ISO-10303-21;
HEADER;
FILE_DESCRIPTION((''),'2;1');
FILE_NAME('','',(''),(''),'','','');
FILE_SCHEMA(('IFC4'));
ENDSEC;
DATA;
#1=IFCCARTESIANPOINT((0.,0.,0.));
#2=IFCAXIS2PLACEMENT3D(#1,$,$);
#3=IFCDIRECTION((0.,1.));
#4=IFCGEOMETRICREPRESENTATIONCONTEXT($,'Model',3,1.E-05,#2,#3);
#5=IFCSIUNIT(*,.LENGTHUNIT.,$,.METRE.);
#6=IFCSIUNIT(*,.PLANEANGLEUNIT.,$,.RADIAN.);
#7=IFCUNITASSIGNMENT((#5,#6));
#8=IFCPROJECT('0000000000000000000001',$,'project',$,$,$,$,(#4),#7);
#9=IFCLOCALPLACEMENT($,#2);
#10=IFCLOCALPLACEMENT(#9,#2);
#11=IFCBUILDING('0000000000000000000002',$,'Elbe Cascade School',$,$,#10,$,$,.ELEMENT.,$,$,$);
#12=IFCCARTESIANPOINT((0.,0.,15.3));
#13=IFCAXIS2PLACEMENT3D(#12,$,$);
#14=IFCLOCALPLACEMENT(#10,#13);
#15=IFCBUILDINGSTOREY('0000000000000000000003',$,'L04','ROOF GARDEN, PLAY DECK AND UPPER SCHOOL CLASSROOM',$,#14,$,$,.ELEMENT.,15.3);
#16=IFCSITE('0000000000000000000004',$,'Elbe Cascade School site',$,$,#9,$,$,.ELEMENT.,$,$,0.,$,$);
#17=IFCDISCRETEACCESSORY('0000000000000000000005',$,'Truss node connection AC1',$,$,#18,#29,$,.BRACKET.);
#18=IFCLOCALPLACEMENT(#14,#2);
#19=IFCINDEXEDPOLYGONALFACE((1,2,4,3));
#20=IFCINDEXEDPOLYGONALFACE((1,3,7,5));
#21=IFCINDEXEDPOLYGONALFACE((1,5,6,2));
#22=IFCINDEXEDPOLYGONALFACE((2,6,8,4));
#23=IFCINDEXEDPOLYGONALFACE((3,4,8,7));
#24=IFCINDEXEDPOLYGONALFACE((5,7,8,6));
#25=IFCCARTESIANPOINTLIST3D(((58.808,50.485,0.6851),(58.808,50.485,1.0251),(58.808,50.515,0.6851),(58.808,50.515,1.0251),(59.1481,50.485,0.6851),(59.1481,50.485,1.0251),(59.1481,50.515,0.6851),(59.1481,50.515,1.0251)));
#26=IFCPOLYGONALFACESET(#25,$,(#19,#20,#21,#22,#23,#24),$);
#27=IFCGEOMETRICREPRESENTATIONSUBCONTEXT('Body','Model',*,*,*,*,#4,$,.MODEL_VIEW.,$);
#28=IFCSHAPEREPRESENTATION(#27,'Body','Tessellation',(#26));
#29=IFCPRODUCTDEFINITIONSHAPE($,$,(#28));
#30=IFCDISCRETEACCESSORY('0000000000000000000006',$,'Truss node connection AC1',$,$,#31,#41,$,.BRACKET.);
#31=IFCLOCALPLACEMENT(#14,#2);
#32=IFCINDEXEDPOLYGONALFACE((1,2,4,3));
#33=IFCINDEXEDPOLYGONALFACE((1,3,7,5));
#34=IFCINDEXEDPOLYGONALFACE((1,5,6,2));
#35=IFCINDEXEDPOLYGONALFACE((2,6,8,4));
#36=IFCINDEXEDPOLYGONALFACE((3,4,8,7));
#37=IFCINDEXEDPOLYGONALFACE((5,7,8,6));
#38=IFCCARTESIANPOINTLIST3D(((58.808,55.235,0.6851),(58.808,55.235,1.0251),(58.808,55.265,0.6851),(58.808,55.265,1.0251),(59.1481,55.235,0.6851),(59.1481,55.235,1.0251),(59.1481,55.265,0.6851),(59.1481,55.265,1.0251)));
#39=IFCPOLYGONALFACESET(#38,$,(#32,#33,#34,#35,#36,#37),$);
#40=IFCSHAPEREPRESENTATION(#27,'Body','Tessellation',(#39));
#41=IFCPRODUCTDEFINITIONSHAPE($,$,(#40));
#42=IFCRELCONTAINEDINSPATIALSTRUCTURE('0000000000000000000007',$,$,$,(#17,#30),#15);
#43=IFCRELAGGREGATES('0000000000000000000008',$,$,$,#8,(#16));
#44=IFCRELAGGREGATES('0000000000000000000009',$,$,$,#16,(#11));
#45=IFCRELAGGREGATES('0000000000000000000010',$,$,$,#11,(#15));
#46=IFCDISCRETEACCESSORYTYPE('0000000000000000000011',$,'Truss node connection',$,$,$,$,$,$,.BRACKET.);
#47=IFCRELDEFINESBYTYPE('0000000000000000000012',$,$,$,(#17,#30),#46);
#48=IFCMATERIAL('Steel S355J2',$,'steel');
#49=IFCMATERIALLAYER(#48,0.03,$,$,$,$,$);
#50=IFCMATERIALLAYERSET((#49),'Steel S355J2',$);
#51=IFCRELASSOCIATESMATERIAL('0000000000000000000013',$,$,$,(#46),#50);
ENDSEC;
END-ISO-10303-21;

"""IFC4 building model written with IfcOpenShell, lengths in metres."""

from ifc_helpers import new_model, si_unit, direction, frame, origin, origin_2d, place, context, subcontext, project, spatial, rectangle, extrude, material, layer, layer_set, type_object, element, save


model = new_model("IFC4")

# Units and contexts
model_context = context("Model", 3, precision=1e-05, world=origin(), true_north=direction((0.0, 1.0)))
body_context = subcontext(model_context, "Body", "Model", "MODEL_VIEW")
ifc_project = project(units=[si_unit("LENGTHUNIT", "METRE"), si_unit("PLANEANGLEUNIT", "RADIAN")], contexts=[model_context])

# Site, building, storey
site_placement = place(None, origin())
site = spatial("IfcSite", under=ifc_project, at=site_placement, Name="Elbe Cascade School site", CompositionType="ELEMENT", RefElevation=0.0)
building_placement = place(site_placement, origin())
building = spatial("IfcBuilding", under=site, at=building_placement, Name="Elbe Cascade School", CompositionType="ELEMENT")
storey_placement = place(building_placement, frame((0.0, 0.0, 15.3)))
storey = spatial("IfcBuildingStorey", under=building, at=storey_placement, Name="L04", Description="ROOF GARDEN, PLAY DECK AND UPPER SCHOOL CLASSROOM", CompositionType="ELEMENT", Elevation=15.3)

# Discrete accessories
ifc_material_1 = material(Name="Steel S355J2", Category="steel")
ifc_layer_1 = layer(ifc_material_1, 0.03)
ifc_layer_set_1 = layer_set([ifc_layer_1], Name="Steel S355J2")
discrete_accessory_type_1 = type_object("IfcDiscreteAccessoryType", Name="Truss node connection", PredefinedType="BRACKET", material=ifc_layer_set_1)
for number, where, z_axis, x_axis, name in (
    (1, (58.978, 50.5, 0.6851), (0.0, 0.0, 1.0), (1.0, 0.0, 0.0), "Truss node connection AC1"),
    (2, (58.978, 55.25, 0.6851), (0.0, 0.0, 1.0), (1.0, 0.0, 0.0), "Truss node connection AC1"),
):
    element("IfcDiscreteAccessory", number, at=place(storey_placement, frame(where, z_axis=z_axis, x_axis=x_axis)), inside=storey, type_object=discrete_accessory_type_1, Name=name, PredefinedType="BRACKET", context=body_context, shape_type="SweptSolid", body=[
        extrude(rectangle(XDim=0.3401, YDim=0.03, at=origin_2d()), origin(), (0.0, 0.0, 1.0), 0.3401),
    ])

save(model, "model.ifc")
